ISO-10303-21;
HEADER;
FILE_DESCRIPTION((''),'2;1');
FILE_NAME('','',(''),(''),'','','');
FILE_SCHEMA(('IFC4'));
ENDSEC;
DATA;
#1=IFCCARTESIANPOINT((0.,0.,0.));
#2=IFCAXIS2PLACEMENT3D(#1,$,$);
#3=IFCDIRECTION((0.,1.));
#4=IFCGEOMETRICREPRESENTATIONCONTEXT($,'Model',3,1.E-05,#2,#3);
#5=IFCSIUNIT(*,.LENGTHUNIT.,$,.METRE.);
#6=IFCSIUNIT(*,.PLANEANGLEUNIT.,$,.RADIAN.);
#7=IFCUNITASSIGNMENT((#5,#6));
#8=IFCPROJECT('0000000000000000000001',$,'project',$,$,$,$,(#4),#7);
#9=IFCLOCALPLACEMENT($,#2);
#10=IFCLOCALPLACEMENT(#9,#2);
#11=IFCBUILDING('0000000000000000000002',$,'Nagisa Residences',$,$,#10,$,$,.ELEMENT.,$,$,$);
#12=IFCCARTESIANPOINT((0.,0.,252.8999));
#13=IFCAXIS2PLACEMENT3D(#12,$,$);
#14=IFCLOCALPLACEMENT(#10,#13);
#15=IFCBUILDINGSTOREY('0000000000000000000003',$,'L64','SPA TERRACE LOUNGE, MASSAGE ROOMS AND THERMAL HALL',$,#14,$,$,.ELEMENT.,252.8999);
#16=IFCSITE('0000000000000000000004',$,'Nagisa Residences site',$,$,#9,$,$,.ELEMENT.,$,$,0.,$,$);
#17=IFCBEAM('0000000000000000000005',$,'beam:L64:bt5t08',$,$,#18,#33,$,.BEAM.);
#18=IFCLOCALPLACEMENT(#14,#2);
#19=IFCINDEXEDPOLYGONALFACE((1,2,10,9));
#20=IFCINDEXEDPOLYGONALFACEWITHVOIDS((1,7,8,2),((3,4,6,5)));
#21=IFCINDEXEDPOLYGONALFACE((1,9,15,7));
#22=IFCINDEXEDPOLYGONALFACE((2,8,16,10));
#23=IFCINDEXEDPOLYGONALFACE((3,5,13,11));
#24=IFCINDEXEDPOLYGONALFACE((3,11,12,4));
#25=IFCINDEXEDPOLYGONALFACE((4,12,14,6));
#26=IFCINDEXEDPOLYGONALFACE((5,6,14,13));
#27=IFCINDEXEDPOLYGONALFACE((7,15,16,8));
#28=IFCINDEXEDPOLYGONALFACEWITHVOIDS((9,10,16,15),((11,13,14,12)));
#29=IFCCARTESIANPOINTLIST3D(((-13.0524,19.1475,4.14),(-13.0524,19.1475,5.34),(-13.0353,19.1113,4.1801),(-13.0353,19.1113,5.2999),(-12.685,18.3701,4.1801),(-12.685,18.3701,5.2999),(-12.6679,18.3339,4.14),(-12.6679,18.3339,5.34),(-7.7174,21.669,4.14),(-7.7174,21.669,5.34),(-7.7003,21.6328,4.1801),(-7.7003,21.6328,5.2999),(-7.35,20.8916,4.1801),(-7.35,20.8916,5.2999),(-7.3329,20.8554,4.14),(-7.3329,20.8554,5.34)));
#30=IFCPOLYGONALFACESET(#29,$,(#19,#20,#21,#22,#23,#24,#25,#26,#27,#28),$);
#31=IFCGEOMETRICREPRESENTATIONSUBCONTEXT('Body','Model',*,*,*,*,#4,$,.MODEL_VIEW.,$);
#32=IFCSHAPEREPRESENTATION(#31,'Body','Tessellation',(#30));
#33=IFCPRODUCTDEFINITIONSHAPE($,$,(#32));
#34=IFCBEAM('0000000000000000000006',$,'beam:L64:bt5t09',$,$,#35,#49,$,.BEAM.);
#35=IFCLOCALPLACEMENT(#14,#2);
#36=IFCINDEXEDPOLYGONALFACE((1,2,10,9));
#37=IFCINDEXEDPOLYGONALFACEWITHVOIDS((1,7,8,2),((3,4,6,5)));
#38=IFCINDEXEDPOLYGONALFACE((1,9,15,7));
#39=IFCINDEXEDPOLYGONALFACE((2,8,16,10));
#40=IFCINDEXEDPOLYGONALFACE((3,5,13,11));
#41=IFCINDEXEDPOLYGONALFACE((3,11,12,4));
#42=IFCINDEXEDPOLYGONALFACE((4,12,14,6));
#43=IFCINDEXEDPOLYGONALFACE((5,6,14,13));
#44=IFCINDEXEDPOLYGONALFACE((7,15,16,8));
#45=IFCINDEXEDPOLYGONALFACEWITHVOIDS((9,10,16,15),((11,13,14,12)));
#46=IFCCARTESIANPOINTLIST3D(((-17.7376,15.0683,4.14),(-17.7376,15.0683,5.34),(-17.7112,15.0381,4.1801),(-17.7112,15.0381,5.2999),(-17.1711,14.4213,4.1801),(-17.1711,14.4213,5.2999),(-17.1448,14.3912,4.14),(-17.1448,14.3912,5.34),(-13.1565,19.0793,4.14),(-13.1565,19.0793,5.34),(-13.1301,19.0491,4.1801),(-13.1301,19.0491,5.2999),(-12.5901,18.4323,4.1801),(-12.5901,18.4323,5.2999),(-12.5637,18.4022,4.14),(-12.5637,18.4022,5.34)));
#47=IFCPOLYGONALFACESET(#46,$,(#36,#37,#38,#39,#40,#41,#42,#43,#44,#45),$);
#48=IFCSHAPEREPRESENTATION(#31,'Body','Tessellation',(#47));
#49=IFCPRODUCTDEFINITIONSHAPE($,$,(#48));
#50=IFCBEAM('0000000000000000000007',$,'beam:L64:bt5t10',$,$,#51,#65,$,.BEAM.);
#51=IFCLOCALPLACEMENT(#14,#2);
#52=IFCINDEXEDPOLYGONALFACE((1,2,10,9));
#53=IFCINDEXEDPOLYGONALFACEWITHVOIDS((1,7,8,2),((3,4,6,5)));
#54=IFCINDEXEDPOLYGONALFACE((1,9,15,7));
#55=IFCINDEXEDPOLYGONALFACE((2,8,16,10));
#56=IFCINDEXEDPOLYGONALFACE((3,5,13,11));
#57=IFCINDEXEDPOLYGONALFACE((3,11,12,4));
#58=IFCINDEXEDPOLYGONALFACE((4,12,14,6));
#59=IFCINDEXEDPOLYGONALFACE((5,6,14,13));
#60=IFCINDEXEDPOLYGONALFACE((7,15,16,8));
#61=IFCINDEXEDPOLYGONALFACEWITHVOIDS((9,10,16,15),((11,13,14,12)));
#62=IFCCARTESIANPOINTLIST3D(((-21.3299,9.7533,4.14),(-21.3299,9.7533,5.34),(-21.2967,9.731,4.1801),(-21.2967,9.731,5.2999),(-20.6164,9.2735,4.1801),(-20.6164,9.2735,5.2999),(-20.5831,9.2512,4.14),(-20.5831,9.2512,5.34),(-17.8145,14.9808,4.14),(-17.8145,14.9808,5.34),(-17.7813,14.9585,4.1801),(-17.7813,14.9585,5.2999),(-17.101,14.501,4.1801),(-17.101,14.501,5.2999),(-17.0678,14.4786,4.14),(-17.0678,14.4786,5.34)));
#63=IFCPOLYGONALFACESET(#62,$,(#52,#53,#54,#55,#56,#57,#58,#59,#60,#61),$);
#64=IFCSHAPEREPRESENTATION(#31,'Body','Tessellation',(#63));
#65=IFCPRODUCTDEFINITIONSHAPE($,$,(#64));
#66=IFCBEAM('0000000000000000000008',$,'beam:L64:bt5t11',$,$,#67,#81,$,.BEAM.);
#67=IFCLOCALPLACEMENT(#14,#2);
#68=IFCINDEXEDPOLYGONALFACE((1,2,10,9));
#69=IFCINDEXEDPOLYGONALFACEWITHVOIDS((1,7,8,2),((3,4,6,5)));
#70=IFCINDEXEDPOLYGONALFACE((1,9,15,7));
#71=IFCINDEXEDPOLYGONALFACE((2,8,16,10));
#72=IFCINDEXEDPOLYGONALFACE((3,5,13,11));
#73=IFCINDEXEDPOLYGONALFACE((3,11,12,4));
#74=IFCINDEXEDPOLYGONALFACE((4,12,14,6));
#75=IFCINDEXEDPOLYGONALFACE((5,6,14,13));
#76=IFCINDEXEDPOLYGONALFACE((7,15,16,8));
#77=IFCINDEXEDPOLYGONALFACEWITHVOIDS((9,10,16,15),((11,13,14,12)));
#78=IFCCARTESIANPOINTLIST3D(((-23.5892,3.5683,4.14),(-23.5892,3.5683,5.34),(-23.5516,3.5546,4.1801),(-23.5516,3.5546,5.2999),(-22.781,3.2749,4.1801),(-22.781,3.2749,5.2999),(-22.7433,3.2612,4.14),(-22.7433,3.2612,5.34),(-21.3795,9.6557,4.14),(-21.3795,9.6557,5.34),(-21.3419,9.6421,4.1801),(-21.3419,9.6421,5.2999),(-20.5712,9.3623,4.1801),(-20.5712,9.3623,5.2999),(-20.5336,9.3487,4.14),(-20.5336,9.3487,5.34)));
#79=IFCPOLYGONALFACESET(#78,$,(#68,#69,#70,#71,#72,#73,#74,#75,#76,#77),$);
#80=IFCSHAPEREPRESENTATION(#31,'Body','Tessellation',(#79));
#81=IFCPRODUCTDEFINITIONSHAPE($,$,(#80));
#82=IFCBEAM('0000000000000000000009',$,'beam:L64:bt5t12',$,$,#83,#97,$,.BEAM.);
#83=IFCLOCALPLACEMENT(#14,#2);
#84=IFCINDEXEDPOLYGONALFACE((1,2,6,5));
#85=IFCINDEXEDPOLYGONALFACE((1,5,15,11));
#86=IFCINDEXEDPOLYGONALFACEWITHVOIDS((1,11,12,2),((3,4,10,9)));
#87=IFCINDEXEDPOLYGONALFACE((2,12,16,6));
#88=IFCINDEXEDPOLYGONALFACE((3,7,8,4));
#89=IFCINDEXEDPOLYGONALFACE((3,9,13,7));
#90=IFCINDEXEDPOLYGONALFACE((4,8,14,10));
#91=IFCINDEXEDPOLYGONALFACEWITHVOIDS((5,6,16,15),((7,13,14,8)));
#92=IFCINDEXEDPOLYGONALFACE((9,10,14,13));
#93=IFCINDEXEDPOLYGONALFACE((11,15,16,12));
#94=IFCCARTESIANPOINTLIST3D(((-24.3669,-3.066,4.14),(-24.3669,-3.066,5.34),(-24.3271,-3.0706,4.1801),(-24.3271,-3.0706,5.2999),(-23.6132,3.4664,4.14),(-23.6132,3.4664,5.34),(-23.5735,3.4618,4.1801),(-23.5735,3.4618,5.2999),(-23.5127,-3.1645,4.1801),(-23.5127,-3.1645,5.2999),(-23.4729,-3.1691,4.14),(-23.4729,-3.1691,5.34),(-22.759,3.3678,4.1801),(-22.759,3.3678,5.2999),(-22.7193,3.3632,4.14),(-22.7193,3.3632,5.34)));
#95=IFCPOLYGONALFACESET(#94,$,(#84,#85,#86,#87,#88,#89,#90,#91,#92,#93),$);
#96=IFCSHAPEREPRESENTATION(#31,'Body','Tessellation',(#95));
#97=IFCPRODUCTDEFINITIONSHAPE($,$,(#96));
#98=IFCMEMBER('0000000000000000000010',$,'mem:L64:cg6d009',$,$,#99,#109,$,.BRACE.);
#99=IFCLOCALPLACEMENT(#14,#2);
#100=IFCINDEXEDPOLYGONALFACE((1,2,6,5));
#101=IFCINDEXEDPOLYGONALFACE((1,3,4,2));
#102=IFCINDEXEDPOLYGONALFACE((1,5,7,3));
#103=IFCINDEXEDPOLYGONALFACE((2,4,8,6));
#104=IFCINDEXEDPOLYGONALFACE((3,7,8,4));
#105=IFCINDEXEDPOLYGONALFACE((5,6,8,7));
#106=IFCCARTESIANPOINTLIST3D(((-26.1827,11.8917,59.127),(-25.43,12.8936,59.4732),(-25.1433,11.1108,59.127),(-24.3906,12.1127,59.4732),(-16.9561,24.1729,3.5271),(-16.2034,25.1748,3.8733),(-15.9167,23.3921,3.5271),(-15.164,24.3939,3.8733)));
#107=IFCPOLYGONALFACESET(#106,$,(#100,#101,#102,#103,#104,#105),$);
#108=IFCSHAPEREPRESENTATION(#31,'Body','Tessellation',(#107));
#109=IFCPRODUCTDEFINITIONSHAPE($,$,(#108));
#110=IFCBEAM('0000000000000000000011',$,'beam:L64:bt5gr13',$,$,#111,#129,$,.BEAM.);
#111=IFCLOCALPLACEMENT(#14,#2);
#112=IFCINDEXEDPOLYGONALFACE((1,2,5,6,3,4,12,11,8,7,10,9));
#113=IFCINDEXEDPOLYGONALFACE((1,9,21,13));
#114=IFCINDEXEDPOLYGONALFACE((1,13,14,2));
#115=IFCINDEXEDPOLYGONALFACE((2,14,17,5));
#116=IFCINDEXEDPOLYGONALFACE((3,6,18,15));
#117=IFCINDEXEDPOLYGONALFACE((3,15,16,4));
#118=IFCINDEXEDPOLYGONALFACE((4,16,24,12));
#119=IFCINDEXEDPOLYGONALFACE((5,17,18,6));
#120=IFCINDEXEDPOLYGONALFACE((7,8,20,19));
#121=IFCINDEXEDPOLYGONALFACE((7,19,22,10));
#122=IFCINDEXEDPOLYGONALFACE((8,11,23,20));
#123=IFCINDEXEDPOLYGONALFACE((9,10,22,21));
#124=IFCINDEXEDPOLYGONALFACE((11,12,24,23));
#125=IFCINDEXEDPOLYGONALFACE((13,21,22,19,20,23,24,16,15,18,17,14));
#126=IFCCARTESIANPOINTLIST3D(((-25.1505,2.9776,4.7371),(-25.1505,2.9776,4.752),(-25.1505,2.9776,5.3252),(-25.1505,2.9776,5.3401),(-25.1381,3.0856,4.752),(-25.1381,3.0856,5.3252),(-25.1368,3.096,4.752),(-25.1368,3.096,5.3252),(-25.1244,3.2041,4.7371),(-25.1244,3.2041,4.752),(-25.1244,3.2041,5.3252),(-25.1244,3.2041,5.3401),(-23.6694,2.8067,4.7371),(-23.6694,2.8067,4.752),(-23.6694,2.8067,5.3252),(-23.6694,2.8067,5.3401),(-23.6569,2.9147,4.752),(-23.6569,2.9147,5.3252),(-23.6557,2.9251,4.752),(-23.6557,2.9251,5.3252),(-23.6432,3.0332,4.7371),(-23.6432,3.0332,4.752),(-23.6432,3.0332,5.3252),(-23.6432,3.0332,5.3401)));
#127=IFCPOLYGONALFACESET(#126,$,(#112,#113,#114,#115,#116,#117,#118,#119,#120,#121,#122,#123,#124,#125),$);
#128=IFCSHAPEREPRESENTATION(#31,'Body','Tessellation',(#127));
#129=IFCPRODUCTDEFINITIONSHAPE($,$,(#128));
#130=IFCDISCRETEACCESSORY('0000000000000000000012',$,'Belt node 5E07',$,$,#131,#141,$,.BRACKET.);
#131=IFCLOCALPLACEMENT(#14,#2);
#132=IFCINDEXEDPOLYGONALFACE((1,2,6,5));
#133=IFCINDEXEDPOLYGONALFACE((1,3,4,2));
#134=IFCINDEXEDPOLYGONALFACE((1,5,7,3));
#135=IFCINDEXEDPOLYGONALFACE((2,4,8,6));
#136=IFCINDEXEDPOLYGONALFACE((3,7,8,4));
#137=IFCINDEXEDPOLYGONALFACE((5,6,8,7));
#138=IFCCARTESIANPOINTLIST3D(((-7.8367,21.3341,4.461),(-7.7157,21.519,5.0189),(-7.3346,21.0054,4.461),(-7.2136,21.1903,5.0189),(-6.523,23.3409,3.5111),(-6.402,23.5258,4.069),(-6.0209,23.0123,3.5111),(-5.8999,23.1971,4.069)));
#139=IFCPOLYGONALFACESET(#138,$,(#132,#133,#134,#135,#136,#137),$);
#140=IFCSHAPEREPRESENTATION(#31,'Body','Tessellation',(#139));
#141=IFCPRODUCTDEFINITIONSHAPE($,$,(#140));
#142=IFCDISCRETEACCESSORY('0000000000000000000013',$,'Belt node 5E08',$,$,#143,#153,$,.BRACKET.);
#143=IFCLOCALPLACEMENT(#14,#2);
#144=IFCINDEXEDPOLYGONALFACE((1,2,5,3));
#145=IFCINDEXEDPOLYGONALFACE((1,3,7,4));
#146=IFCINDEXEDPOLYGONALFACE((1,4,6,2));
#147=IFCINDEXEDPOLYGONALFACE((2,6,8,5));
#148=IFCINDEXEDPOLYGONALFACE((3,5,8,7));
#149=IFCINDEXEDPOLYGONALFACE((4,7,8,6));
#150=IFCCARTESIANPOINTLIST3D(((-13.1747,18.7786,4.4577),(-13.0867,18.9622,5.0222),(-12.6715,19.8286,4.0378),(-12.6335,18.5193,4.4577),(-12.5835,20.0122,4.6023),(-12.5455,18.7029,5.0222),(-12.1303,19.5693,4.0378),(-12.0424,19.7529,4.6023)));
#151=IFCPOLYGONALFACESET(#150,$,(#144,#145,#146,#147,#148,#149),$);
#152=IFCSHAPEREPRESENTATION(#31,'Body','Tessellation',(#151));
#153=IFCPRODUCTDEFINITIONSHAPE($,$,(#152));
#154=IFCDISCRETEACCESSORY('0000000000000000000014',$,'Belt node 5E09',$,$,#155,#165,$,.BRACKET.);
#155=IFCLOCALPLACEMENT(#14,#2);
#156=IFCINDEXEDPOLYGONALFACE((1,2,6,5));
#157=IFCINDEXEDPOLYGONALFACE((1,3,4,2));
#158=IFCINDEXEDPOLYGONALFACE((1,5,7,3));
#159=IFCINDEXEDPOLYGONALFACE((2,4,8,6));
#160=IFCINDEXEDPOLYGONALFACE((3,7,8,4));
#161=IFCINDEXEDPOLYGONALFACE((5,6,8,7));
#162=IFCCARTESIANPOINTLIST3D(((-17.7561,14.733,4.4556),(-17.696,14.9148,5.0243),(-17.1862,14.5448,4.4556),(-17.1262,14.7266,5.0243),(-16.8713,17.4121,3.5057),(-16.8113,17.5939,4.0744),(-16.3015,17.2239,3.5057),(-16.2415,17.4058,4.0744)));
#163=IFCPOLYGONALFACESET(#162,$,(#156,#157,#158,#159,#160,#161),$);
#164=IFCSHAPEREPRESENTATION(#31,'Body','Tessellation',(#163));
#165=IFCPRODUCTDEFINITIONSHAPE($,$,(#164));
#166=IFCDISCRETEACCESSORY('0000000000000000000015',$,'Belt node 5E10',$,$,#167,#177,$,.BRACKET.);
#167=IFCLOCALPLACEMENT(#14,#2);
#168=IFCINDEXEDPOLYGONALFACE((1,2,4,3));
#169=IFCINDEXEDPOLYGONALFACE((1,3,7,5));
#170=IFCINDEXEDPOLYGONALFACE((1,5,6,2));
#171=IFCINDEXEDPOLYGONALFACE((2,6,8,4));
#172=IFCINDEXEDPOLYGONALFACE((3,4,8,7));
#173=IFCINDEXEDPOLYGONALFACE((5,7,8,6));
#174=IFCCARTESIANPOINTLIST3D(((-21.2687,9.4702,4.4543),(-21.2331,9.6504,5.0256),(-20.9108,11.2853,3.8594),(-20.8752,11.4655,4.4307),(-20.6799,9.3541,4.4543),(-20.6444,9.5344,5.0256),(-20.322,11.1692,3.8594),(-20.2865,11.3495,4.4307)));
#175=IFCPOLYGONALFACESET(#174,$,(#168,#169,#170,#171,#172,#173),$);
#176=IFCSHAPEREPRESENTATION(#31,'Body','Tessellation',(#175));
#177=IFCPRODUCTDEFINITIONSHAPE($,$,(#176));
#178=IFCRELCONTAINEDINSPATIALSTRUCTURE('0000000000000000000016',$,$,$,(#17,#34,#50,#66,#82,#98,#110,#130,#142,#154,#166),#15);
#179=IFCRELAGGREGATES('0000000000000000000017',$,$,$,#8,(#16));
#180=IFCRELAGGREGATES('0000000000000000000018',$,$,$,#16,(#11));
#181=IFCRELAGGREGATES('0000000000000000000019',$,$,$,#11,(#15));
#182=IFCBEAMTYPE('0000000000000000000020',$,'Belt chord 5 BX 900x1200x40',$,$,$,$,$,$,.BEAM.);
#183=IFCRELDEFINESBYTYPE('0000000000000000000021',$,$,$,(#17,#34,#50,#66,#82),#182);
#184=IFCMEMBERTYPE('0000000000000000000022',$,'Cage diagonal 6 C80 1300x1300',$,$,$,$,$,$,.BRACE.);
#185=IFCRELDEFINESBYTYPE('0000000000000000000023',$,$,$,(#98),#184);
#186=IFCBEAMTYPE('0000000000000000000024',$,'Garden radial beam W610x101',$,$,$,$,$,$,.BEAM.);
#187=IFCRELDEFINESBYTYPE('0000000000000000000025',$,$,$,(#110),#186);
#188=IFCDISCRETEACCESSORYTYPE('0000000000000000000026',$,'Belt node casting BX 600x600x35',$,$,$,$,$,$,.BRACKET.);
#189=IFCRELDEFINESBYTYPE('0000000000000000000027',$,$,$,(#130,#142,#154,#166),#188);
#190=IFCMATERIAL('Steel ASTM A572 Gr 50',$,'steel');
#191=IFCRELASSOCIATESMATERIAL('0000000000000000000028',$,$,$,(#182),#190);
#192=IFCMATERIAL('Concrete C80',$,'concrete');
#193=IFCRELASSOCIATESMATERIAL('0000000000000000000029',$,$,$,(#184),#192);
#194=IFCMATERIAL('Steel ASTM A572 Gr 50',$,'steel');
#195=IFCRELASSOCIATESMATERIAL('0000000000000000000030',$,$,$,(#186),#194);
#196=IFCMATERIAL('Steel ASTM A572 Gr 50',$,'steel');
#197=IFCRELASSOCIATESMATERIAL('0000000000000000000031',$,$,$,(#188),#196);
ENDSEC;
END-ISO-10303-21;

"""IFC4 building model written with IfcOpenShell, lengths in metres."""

from ifc_helpers import new_model, si_unit, direction, frame, origin, origin_2d, place, context, subcontext, project, spatial, rectangle, hollow_rectangle, i_section, extrude, material, material_profile, profile_set, type_object, element, save


model = new_model("IFC4")

# Units and contexts
model_context = context("Model", 3, precision=1e-05, world=origin(), true_north=direction((0.0, 1.0)))
body_context = subcontext(model_context, "Body", "Model", "MODEL_VIEW")
ifc_project = project(units=[si_unit("LENGTHUNIT", "METRE"), si_unit("PLANEANGLEUNIT", "RADIAN")], contexts=[model_context])

# Site, building, storey
site_placement = place(None, origin())
site = spatial("IfcSite", under=ifc_project, at=site_placement, Name="Nagisa Residences site", CompositionType="ELEMENT", RefElevation=0.0)
building_placement = place(site_placement, origin())
building = spatial("IfcBuilding", under=site, at=building_placement, Name="Nagisa Residences", CompositionType="ELEMENT")
storey_placement = place(building_placement, frame((0.0, 0.0, 252.8999)))
storey = spatial("IfcBuildingStorey", under=building, at=storey_placement, Name="L64", Description="SPA TERRACE LOUNGE, MASSAGE ROOMS AND THERMAL HALL", CompositionType="ELEMENT", Elevation=252.8999)

# Beams
ifc_material_1 = material(Name="Steel ASTM A572 Gr 50", Category="steel")
ifc_material_profile_1 = material_profile(ifc_material_1, hollow_rectangle(XDim=0.8999, YDim=1.2, WallThickness=0.04, at=origin_2d()), Name="BX 900x1200x40")
ifc_profile_set_1 = profile_set([ifc_material_profile_1], Name="Steel ASTM A572 Gr 50")
beam_type_1 = type_object("IfcBeamType", Name="Belt chord 5 BX 900x1200x40", PredefinedType="BEAM", material=ifc_profile_set_1)
beam_1_placement = place(storey_placement, frame((-7.5251, 21.2622, 4.74), z_axis=(-0.904105, -0.427311, 0.0), x_axis=(0.427311, -0.904105, 0.0)))
element("IfcBeam", 1, at=beam_1_placement, inside=storey, type_object=beam_type_1, Name="beam:L64:bt5t08", PredefinedType="BEAM", context=body_context, shape_type="SweptSolid", body=[
    extrude(hollow_rectangle(XDim=0.8999, YDim=1.2, WallThickness=0.04, at=origin_2d()), origin(), (0.0, 0.0, 1.0), 5.9009),
])
beam_2_placement = place(storey_placement, frame((-12.8601, 18.7407, 4.74), z_axis=(-0.752368, -0.658743, 0.0), x_axis=(0.658743, -0.752368, 0.0)))
element("IfcBeam", 2, at=beam_2_placement, inside=storey, type_object=beam_type_1, Name="beam:L64:bt5t09", PredefinedType="BEAM", context=body_context, shape_type="SweptSolid", body=[
    extrude(hollow_rectangle(XDim=0.8999, YDim=1.2, WallThickness=0.04, at=origin_2d()), origin(), (0.0, 0.0, 1.0), 6.0889),
])
beam_3_placement = place(storey_placement, frame((-17.4412, 14.7297, 4.74), z_axis=(-0.558032, -0.82982, 0.0), x_axis=(0.82982, -0.558032, 0.0)))
element("IfcBeam", 3, at=beam_3_placement, inside=storey, type_object=beam_type_1, Name="beam:L64:bt5t10", PredefinedType="BEAM", context=body_context, shape_type="SweptSolid", body=[
    extrude(hollow_rectangle(XDim=0.8999, YDim=1.2, WallThickness=0.04, at=origin_2d()), origin(), (0.0, 0.0, 1.0), 6.2996),
])
beam_4_placement = place(storey_placement, frame((-20.9565, 9.5022, 4.74), z_axis=(-0.341213, -0.939986, 0.0), x_axis=(0.939986, -0.341213, 0.0)))
element("IfcBeam", 4, at=beam_4_placement, inside=storey, type_object=beam_type_1, Name="beam:L64:bt5t11", PredefinedType="BEAM", context=body_context, shape_type="SweptSolid", body=[
    extrude(hollow_rectangle(XDim=0.8999, YDim=1.2, WallThickness=0.04, at=origin_2d()), origin(), (0.0, 0.0, 1.0), 6.4761),
])
beam_5_placement = place(storey_placement, frame((-23.1663, 3.4148, 4.74), z_axis=(-0.114611, -0.99341, 0.0), x_axis=(0.99341, -0.114611, 0.0)))
element("IfcBeam", 5, at=beam_5_placement, inside=storey, type_object=beam_type_1, Name="beam:L64:bt5t12", PredefinedType="BEAM", context=body_context, shape_type="SweptSolid", body=[
    extrude(hollow_rectangle(XDim=0.8999, YDim=1.2, WallThickness=0.04, at=origin_2d()), origin(), (0.0, 0.0, 1.0), 6.5757),
])

# Member
ifc_material_2 = material(Name="Concrete C80", Category="concrete")
ifc_material_profile_2 = material_profile(ifc_material_2, rectangle(XDim=1.3, YDim=1.3, at=origin_2d()), Name="C80 1300x1300")
ifc_profile_set_2 = profile_set([ifc_material_profile_2], Name="Concrete C80")
member_type = type_object("IfcMemberType", Name="Cage diagonal 6 C80 1300x1300", PredefinedType="BRACE", material=ifc_profile_set_2)
member_placement = place(storey_placement, frame((-16.0601, 24.2834, 3.7002), z_axis=(-0.159954, -0.21291, 0.96389), x_axis=(0.799511, -0.600651, 0.0)))
element("IfcMember", 6, at=member_placement, inside=storey, type_object=member_type, Name="mem:L64:cg6d009", PredefinedType="BRACE", context=body_context, shape_type="SweptSolid", body=[
    extrude(rectangle(XDim=1.3, YDim=1.3, at=origin_2d()), origin(), (0.0, 0.0, 1.0), 57.6829),
])

# Beam
ifc_material_3 = material(Name="Steel ASTM A572 Gr 50", Category="steel")
ifc_material_profile_3 = material_profile(ifc_material_3, i_section(OverallWidth=0.228, OverallDepth=0.603, WebThickness=0.0105, FlangeThickness=0.0149, at=origin_2d()), Name="W610x101")
ifc_profile_set_3 = profile_set([ifc_material_profile_3], Name="Steel ASTM A572 Gr 50")
beam_type_2 = type_object("IfcBeamType", Name="Garden radial beam W610x101", PredefinedType="BEAM", material=ifc_profile_set_3)
beam_6_placement = place(storey_placement, frame((-25.1375, 3.0908, 5.0386), z_axis=(0.99341, -0.114618, 0.0), x_axis=(0.114618, 0.99341, 0.0)))
element("IfcBeam", 7, at=beam_6_placement, inside=storey, type_object=beam_type_2, Name="beam:L64:bt5gr13", PredefinedType="BEAM", context=body_context, shape_type="SweptSolid", body=[
    extrude(i_section(OverallWidth=0.228, OverallDepth=0.603, WebThickness=0.0105, FlangeThickness=0.0149, at=origin_2d()), origin(), (0.0, 0.0, 1.0), 1.491),
])

# Discrete accessories
ifc_material_4 = material(Name="Steel ASTM A572 Gr 50", Category="steel")
discrete_accessory_type_1 = type_object("IfcDiscreteAccessoryType", Name="Belt node casting BX 600x600x35", PredefinedType="BRACKET", material=ifc_material_4)
discrete_accessory_1_placement = place(storey_placement, frame((-6.2114, 23.269, 3.79), z_axis=(-0.509222, -0.777887, 0.368219), x_axis=(0.836672, -0.547705, 0.0)))
element("IfcDiscreteAccessory", 8, at=discrete_accessory_1_placement, inside=storey, type_object=discrete_accessory_type_1, Name="Belt node 5E07", PredefinedType="BRACKET", context=body_context, shape_type="SweptSolid", body=[
    extrude(rectangle(XDim=0.6001, YDim=0.6001, at=origin_2d()), origin(), (0.0, 0.0, 1.0), 2.5798),
])
discrete_accessory_2_placement = place(storey_placement, frame((-12.3569, 19.7908, 4.3201), z_axis=(-0.40651, -0.848326, 0.339252), x_axis=(0.901808, -0.432138, 0.0)))
element("IfcDiscreteAccessory", 9, at=discrete_accessory_2_placement, inside=storey, type_object=discrete_accessory_type_1, Name="Belt node 5E08", PredefinedType="BRACKET", context=body_context, shape_type="SweptSolid", body=[
    extrude(rectangle(XDim=0.6001, YDim=0.6001, at=origin_2d()), origin(), (0.0, 0.0, 1.0), 1.2378),
])
discrete_accessory_3_placement = place(storey_placement, frame((-16.5564, 17.4089, 3.79), z_axis=(-0.297187, -0.899926, 0.319082), x_axis=(0.949562, -0.313579, 0.0)))
element("IfcDiscreteAccessory", 10, at=discrete_accessory_3_placement, inside=storey, type_object=discrete_accessory_type_1, Name="Belt node 5E09", PredefinedType="BRACKET", context=body_context, shape_type="SweptSolid", body=[
    extrude(rectangle(XDim=0.6001, YDim=0.6001, at=origin_2d()), origin(), (0.0, 0.0, 1.0), 2.9771),
])
discrete_accessory_4_placement = place(storey_placement, frame((-20.5986, 11.3174, 4.145), z_axis=(-0.184162, -0.934003, 0.306142), x_axis=(0.98111, -0.193451, 0.0)))
element("IfcDiscreteAccessory", 11, at=discrete_accessory_4_placement, inside=storey, type_object=discrete_accessory_type_1, Name="Belt node 5E10", PredefinedType="BRACKET", context=body_context, shape_type="SweptSolid", body=[
    extrude(rectangle(XDim=0.6001, YDim=0.6001, at=origin_2d()), origin(), (0.0, 0.0, 1.0), 1.9434),
])

save(model, "model.ifc")
